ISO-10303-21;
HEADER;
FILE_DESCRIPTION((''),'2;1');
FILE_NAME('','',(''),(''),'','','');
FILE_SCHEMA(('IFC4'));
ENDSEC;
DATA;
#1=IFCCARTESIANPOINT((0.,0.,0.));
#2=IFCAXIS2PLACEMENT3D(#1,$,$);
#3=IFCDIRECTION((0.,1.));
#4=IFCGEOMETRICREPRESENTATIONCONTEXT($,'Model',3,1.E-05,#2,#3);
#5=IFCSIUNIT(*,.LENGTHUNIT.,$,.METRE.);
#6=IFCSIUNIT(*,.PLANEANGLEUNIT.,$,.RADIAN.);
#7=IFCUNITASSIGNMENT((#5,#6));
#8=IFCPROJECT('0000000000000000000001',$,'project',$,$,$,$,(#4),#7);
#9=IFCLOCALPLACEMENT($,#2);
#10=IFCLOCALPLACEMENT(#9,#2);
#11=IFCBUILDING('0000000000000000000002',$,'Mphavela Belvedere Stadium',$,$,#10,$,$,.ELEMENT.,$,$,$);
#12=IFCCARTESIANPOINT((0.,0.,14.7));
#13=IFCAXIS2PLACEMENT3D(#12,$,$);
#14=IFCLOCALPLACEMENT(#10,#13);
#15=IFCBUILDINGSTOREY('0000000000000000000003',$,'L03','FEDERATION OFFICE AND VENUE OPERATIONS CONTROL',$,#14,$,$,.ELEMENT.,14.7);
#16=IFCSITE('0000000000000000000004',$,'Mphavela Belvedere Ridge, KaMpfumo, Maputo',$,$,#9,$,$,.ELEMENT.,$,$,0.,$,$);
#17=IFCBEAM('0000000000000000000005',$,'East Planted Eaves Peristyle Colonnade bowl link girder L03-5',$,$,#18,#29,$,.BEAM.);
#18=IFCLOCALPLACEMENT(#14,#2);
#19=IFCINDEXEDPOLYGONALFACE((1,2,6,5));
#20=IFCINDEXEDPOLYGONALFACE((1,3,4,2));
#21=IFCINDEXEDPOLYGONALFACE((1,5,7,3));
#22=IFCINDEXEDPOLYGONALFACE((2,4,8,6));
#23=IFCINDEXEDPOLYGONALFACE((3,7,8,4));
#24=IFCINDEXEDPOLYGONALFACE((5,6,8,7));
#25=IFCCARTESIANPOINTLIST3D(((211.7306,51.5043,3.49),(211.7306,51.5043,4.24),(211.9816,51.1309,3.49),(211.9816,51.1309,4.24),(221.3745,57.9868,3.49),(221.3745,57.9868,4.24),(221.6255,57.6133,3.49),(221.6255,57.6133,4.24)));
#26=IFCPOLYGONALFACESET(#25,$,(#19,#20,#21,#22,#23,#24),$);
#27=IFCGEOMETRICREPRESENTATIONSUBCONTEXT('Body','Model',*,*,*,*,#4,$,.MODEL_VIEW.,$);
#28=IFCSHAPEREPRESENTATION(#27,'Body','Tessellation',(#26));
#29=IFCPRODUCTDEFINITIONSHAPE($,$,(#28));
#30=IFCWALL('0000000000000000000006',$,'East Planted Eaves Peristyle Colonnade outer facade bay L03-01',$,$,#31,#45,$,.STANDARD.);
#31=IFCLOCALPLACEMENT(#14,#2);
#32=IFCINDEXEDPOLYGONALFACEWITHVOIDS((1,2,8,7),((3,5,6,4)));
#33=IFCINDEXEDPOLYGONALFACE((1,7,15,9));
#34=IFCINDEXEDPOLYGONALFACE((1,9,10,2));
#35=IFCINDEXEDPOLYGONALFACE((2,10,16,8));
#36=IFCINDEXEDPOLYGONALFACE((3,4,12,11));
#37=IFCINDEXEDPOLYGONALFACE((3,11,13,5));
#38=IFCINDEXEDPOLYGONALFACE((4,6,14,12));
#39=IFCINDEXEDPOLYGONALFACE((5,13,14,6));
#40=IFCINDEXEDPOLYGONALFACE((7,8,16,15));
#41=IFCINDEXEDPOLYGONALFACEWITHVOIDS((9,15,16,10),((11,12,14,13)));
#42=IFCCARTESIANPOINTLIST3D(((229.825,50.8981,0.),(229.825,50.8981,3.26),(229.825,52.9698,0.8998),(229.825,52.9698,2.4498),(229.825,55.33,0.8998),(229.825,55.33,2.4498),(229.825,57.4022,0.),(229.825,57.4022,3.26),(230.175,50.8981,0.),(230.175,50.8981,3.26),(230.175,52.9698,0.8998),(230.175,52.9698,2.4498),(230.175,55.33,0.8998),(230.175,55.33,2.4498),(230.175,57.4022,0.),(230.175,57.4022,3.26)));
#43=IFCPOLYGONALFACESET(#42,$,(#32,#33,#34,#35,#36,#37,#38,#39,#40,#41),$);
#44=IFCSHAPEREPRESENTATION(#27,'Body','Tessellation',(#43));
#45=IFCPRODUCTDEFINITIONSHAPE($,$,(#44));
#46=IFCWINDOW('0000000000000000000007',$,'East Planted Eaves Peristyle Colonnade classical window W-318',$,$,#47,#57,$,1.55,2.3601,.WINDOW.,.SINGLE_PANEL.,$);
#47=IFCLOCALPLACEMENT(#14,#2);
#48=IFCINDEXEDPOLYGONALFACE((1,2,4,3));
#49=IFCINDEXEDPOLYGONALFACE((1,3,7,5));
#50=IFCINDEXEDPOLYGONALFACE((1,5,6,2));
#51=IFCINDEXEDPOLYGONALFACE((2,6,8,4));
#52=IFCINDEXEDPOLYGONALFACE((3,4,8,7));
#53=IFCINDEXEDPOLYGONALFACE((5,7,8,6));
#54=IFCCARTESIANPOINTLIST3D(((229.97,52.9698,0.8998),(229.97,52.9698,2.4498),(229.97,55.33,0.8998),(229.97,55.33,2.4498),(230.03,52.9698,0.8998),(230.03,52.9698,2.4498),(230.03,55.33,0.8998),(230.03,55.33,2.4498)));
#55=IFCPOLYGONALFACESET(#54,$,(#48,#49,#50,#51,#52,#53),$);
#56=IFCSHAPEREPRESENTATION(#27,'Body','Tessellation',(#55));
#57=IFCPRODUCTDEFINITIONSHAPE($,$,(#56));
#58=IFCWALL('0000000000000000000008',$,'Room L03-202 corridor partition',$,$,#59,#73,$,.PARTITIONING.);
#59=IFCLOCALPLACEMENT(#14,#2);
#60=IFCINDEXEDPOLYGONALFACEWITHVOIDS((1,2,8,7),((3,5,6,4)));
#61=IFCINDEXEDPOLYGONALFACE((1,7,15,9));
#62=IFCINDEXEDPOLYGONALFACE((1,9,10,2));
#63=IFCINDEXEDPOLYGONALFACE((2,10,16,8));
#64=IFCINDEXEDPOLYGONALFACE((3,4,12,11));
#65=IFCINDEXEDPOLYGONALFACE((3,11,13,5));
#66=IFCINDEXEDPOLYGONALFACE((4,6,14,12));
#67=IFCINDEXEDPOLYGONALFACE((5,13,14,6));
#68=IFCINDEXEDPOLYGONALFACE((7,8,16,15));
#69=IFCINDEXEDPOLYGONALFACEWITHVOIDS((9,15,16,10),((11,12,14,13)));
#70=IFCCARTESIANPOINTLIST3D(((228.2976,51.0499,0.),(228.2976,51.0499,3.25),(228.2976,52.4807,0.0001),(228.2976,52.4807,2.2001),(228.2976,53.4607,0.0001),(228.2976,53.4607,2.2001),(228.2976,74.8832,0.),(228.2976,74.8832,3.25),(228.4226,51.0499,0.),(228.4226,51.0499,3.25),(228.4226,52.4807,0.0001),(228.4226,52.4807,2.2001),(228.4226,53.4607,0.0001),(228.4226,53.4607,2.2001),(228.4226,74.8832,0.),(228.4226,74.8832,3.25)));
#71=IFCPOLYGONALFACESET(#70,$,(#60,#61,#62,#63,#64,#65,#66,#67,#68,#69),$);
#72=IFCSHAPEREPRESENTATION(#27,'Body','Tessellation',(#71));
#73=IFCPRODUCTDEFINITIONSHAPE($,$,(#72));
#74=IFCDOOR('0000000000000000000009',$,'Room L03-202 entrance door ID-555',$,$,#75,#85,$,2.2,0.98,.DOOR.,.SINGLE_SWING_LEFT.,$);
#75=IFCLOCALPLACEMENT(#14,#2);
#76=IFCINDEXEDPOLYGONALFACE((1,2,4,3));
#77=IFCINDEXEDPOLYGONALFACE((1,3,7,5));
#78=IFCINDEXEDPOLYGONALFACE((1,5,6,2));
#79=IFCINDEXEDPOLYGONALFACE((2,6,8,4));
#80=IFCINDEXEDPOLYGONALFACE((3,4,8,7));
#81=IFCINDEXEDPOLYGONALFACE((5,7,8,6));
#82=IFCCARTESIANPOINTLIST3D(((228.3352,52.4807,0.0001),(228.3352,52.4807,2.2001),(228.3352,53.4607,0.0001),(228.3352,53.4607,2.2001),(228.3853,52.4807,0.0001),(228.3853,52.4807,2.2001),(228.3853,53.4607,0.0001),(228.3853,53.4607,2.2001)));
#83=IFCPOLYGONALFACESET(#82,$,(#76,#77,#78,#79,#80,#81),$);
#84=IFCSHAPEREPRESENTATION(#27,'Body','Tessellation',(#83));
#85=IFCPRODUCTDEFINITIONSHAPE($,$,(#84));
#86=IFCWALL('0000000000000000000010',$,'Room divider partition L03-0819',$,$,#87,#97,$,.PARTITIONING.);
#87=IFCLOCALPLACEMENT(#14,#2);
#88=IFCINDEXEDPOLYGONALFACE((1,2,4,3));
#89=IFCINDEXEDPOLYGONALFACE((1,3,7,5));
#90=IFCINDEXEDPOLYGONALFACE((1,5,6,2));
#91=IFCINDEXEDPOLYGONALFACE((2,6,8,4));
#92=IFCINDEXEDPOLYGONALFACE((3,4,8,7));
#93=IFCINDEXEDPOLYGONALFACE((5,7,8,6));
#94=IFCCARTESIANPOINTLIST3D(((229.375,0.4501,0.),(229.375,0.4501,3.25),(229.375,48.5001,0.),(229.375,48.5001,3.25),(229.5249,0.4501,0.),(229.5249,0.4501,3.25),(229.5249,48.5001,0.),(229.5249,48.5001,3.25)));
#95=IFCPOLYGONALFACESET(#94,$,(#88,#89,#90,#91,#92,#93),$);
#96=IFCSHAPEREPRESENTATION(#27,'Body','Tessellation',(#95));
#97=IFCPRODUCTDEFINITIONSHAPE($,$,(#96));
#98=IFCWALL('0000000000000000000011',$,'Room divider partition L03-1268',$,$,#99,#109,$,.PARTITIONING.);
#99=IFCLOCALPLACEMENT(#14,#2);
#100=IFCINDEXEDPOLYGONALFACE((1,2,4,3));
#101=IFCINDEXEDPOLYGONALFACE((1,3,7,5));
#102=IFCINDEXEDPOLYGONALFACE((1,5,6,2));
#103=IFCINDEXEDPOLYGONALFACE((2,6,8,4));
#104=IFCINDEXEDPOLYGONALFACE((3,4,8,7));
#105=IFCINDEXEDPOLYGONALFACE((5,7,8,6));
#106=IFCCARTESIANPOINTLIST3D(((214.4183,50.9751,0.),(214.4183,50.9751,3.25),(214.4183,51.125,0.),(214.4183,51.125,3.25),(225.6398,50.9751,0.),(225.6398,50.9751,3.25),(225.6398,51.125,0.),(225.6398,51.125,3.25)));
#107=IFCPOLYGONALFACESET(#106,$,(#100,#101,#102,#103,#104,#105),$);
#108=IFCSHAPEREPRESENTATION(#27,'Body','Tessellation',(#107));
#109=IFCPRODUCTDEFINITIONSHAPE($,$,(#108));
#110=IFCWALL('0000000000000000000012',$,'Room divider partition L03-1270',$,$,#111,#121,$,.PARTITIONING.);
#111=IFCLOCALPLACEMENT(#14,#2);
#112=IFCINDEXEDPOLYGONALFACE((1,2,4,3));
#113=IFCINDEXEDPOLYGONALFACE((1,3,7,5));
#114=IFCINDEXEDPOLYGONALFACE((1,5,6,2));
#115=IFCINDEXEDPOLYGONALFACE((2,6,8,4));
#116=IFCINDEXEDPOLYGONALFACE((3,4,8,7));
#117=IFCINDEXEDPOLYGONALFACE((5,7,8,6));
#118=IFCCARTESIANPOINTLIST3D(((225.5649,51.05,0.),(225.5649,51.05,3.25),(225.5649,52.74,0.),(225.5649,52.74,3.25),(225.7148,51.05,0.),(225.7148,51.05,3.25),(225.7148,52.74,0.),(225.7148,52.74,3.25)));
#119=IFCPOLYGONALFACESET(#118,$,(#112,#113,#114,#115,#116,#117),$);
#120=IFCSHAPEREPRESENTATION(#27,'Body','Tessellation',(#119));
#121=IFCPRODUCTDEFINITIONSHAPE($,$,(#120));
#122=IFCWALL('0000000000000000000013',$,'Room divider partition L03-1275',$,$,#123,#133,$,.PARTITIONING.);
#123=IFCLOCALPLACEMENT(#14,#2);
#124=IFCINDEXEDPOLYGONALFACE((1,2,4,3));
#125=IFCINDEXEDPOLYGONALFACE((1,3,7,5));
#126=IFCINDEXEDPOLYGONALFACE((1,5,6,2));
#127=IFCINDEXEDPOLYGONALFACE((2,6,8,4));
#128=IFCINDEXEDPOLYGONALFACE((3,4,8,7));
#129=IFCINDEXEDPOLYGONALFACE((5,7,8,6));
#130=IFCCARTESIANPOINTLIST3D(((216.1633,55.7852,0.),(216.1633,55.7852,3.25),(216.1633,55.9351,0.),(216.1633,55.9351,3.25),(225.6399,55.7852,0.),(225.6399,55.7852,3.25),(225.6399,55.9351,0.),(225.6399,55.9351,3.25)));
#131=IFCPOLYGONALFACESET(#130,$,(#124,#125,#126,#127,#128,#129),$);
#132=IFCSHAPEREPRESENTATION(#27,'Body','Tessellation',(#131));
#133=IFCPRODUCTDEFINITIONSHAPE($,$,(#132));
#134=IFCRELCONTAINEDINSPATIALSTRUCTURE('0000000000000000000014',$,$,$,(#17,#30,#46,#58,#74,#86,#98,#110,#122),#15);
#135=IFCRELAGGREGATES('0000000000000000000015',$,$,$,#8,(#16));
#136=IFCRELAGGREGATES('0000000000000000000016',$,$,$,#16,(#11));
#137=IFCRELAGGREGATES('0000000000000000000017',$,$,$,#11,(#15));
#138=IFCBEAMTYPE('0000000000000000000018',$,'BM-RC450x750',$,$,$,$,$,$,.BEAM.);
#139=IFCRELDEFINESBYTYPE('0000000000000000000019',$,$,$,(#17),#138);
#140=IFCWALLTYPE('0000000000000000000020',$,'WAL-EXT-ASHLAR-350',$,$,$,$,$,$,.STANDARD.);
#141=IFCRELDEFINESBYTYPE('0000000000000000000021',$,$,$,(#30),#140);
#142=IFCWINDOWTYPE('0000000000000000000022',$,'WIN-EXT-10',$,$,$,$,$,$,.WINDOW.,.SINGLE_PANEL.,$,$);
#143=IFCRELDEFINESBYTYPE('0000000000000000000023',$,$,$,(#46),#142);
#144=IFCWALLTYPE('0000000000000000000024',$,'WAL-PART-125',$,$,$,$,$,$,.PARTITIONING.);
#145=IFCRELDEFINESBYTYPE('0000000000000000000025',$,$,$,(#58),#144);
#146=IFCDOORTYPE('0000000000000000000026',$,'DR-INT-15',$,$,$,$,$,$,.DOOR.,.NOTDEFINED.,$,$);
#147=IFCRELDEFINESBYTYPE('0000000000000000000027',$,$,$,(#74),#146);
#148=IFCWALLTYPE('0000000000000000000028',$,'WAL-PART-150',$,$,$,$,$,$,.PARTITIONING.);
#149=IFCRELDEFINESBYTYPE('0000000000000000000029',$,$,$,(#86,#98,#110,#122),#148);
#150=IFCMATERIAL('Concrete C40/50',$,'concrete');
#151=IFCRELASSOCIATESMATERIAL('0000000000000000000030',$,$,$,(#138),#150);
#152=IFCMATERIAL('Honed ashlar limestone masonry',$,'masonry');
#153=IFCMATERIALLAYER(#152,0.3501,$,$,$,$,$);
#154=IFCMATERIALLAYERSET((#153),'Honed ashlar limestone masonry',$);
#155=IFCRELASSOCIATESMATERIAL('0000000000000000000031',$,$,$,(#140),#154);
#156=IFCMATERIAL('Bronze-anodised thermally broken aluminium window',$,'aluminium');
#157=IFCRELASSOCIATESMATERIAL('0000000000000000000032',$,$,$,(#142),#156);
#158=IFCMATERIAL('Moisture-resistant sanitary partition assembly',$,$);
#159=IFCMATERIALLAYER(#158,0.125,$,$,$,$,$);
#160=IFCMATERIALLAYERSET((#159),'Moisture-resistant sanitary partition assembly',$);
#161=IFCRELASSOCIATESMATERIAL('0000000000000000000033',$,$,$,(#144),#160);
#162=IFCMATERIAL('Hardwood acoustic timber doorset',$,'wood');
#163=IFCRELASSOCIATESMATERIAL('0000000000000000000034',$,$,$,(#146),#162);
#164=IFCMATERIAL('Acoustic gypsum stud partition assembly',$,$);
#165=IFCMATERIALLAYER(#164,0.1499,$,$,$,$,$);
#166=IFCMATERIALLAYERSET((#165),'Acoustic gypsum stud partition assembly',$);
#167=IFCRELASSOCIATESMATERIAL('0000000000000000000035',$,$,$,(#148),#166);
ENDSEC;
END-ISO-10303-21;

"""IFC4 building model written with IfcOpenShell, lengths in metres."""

from ifc_helpers import new_model, si_unit, direction, frame, frame_2d, origin, origin_2d, place, context, subcontext, project, spatial, rectangle, extrude, material, layer, layer_set, material_profile, profile_set, type_object, element, fill, save


model = new_model("IFC4")

# Units and contexts
model_context = context("Model", 3, precision=1e-05, world=origin(), true_north=direction((0.0, 1.0)))
body_context = subcontext(model_context, "Body", "Model", "MODEL_VIEW")
ifc_project = project(units=[si_unit("LENGTHUNIT", "METRE"), si_unit("PLANEANGLEUNIT", "RADIAN")], contexts=[model_context])

# Site, building, storey
site_placement = place(None, origin())
site = spatial("IfcSite", under=ifc_project, at=site_placement, Name="Mphavela Belvedere Ridge, KaMpfumo, Maputo", CompositionType="ELEMENT", RefElevation=0.0)
building_placement = place(site_placement, origin())
building = spatial("IfcBuilding", under=site, at=building_placement, Name="Mphavela Belvedere Stadium", CompositionType="ELEMENT")
storey_placement = place(building_placement, frame((0.0, 0.0, 14.7)))
storey = spatial("IfcBuildingStorey", under=building, at=storey_placement, Name="L03", Description="FEDERATION OFFICE AND VENUE OPERATIONS CONTROL", CompositionType="ELEMENT", Elevation=14.7)

# Beam
ifc_material_1 = material(Name="Concrete C40/50", Category="concrete")
ifc_material_profile_1 = material_profile(ifc_material_1, rectangle(XDim=0.45, YDim=0.75, at=origin_2d()), Name="RC 450x750")
ifc_profile_set_1 = profile_set([ifc_material_profile_1], Name="Concrete C40/50")
beam_type_1 = type_object("IfcBeamType", Name="BM-RC450x750", PredefinedType="BEAM", material=ifc_profile_set_1)
beam_1_placement = place(storey_placement, frame((221.5, 57.8, 3.865), z_axis=(-0.82993, -0.557867, 0.0), x_axis=(0.557867, -0.82993, 0.0)))
element("IfcBeam", 1, at=beam_1_placement, inside=storey, type_object=beam_type_1, Name="East Planted Eaves Peristyle Colonnade bowl link girder L03-5", PredefinedType="BEAM", context=body_context, shape_type="SweptSolid", body=[
    extrude(rectangle(XDim=0.45, YDim=0.75, at=origin_2d()), origin(), (0.0, 0.0, 1.0), 11.6201),
])

# Wall, opening, window
ifc_material_2 = material(Name="Honed ashlar limestone masonry", Category="masonry")
ifc_layer_1 = layer(ifc_material_2, 0.3501)
ifc_layer_set_1 = layer_set([ifc_layer_1], Name="Honed ashlar limestone masonry")
wall_type_1 = type_object("IfcWallType", Name="WAL-EXT-ASHLAR-350", PredefinedType="STANDARD", material=ifc_layer_set_1)
wall_1_placement = place(storey_placement, frame((230.0, 57.4021, 0.0), z_axis=(0.0, 0.0, 1.0), x_axis=(0.0, -1.0, 0.0)))
wall_1 = element("IfcWall", 2, at=wall_1_placement, inside=storey, type_object=wall_type_1, Name="East Planted Eaves Peristyle Colonnade outer facade bay L03-01", PredefinedType="STANDARD", context=body_context, shape_type="SweptSolid", body=[
    extrude(rectangle(XDim=6.5042, YDim=0.3501, at=frame_2d((3.252, 0.0))), origin(), (0.0, 0.0, 1.0), 3.26),
])
opening_1_placement = place(wall_1_placement, frame((2.072, 0.0, 0.8999)))
opening_1 = element("IfcOpeningElement", 3, at=opening_1_placement, cuts=wall_1, PredefinedType="OPENING", context=body_context, shape_type="SweptSolid", body=[
    extrude(rectangle(XDim=2.3601, YDim=1.55, at=frame_2d((1.1802, 0.7749))), frame((0.0, 0.1851, 0.0), z_axis=(0.0, -1.0, 0.0), x_axis=(1.0, 0.0, 0.0)), (0.0, 0.0, 1.0), 0.3701),
])
ifc_material_3 = material(Name="Bronze-anodised thermally broken aluminium window", Category="aluminium")
window_type = type_object("IfcWindowType", Name="WIN-EXT-10", PartitioningType="SINGLE_PANEL", PredefinedType="WINDOW", material=ifc_material_3)
window_placement = place(opening_1_placement, origin())
window = element("IfcWindow", 4, at=window_placement, inside=storey, type_object=window_type, Name="East Planted Eaves Peristyle Colonnade classical window W-318", OverallHeight=1.55, OverallWidth=2.3601, PartitioningType="SINGLE_PANEL", PredefinedType="WINDOW", context=body_context, shape_type="SweptSolid", body=[
    extrude(rectangle(XDim=2.3601, YDim=1.55, at=frame_2d((1.1802, 0.7749))), frame((0.0, 0.03, 0.0), z_axis=(0.0, -1.0, 0.0), x_axis=(1.0, 0.0, 0.0)), (0.0, 0.0, 1.0), 0.0601),
])
fill(opening_1, window)

# Wall, opening, door
ifc_material_4 = material(Name="Moisture-resistant sanitary partition assembly")
ifc_layer_2 = layer(ifc_material_4, 0.125)
ifc_layer_set_2 = layer_set([ifc_layer_2], Name="Moisture-resistant sanitary partition assembly")
wall_type_2 = type_object("IfcWallType", Name="WAL-PART-125", PredefinedType="PARTITIONING", material=ifc_layer_set_2)
wall_2_placement = place(storey_placement, frame((228.3601, 51.05, 0.0), z_axis=(0.0, 0.0, 1.0), x_axis=(0.0, 1.0, 0.0)))
wall_2 = element("IfcWall", 5, at=wall_2_placement, inside=storey, type_object=wall_type_2, Name="Room L03-202 corridor partition", PredefinedType="PARTITIONING", context=body_context, shape_type="SweptSolid", body=[
    extrude(rectangle(XDim=23.8333, YDim=0.125, at=frame_2d((11.9165, 0.0))), origin(), (0.0, 0.0, 1.0), 3.25),
])
opening_2_placement = place(wall_2_placement, frame((1.4307, 0.0, 0.0)))
opening_2 = element("IfcOpeningElement", 6, at=opening_2_placement, cuts=wall_2, PredefinedType="OPENING", context=body_context, shape_type="SweptSolid", body=[
    extrude(rectangle(XDim=0.98, YDim=2.2, at=frame_2d((0.49, 1.1001))), frame((0.0, 0.0725, 0.0), z_axis=(0.0, -1.0, 0.0), x_axis=(1.0, 0.0, 0.0)), (0.0, 0.0, 1.0), 0.145),
])
ifc_material_5 = material(Name="Hardwood acoustic timber doorset", Category="wood")
door_type = type_object("IfcDoorType", Name="DR-INT-15", OperationType="NOTDEFINED", PredefinedType="DOOR", material=ifc_material_5)
door_placement = place(opening_2_placement, origin())
door = element("IfcDoor", 7, at=door_placement, inside=storey, type_object=door_type, Name="Room L03-202 entrance door ID-555", OperationType="SINGLE_SWING_LEFT", OverallHeight=2.2, OverallWidth=0.98, PredefinedType="DOOR", context=body_context, shape_type="SweptSolid", body=[
    extrude(rectangle(XDim=0.98, YDim=2.2, at=frame_2d((0.49, 1.1001))), frame((0.0, 0.0249, 0.0), z_axis=(0.0, -1.0, 0.0), x_axis=(1.0, 0.0, 0.0)), (0.0, 0.0, 1.0), 0.05),
])
fill(opening_2, door)

# Walls
ifc_material_6 = material(Name="Acoustic gypsum stud partition assembly")
ifc_layer_3 = layer(ifc_material_6, 0.1499)
ifc_layer_set_3 = layer_set([ifc_layer_3], Name="Acoustic gypsum stud partition assembly")
wall_type_3 = type_object("IfcWallType", Name="WAL-PART-150", PredefinedType="PARTITIONING", material=ifc_layer_set_3)
wall_3_placement = place(storey_placement, frame((229.45, 48.5, 0.0), z_axis=(0.0, 0.0, 1.0), x_axis=(0.0, -1.0, 0.0)))
element("IfcWall", 8, at=wall_3_placement, inside=storey, type_object=wall_type_3, Name="Room divider partition L03-0819", PredefinedType="PARTITIONING", context=body_context, shape_type="SweptSolid", body=[
    extrude(rectangle(XDim=48.05, YDim=0.1499, at=frame_2d((24.0249, 0.0))), origin(), (0.0, 0.0, 1.0), 3.25),
])
wall_4_placement = place(storey_placement, frame((225.6399, 51.05, 0.0), z_axis=(0.0, 0.0, 1.0), x_axis=(-1.0, 0.0, 0.0)))
element("IfcWall", 9, at=wall_4_placement, inside=storey, type_object=wall_type_3, Name="Room divider partition L03-1268", PredefinedType="PARTITIONING", context=body_context, shape_type="SweptSolid", body=[
    extrude(rectangle(XDim=11.2214, YDim=0.1499, at=frame_2d((5.6108, 0.0))), origin(), (0.0, 0.0, 1.0), 3.25),
])
wall_5_placement = place(storey_placement, frame((225.6399, 52.74, 0.0), z_axis=(0.0, 0.0, 1.0), x_axis=(0.0, -1.0, 0.0)))
element("IfcWall", 10, at=wall_5_placement, inside=storey, type_object=wall_type_3, Name="Room divider partition L03-1270", PredefinedType="PARTITIONING", context=body_context, shape_type="SweptSolid", body=[
    extrude(rectangle(XDim=1.6899, YDim=0.1499, at=frame_2d((0.845, 0.0))), origin(), (0.0, 0.0, 1.0), 3.25),
])
wall_6_placement = place(storey_placement, frame((225.6399, 55.8601, 0.0), z_axis=(0.0, 0.0, 1.0), x_axis=(-1.0, 0.0, 0.0)))
element("IfcWall", 11, at=wall_6_placement, inside=storey, type_object=wall_type_3, Name="Room divider partition L03-1275", PredefinedType="PARTITIONING", context=body_context, shape_type="SweptSolid", body=[
    extrude(rectangle(XDim=9.4766, YDim=0.1499, at=frame_2d((4.7383, 0.0))), origin(), (0.0, 0.0, 1.0), 3.25),
])

save(model, "model.ifc")
